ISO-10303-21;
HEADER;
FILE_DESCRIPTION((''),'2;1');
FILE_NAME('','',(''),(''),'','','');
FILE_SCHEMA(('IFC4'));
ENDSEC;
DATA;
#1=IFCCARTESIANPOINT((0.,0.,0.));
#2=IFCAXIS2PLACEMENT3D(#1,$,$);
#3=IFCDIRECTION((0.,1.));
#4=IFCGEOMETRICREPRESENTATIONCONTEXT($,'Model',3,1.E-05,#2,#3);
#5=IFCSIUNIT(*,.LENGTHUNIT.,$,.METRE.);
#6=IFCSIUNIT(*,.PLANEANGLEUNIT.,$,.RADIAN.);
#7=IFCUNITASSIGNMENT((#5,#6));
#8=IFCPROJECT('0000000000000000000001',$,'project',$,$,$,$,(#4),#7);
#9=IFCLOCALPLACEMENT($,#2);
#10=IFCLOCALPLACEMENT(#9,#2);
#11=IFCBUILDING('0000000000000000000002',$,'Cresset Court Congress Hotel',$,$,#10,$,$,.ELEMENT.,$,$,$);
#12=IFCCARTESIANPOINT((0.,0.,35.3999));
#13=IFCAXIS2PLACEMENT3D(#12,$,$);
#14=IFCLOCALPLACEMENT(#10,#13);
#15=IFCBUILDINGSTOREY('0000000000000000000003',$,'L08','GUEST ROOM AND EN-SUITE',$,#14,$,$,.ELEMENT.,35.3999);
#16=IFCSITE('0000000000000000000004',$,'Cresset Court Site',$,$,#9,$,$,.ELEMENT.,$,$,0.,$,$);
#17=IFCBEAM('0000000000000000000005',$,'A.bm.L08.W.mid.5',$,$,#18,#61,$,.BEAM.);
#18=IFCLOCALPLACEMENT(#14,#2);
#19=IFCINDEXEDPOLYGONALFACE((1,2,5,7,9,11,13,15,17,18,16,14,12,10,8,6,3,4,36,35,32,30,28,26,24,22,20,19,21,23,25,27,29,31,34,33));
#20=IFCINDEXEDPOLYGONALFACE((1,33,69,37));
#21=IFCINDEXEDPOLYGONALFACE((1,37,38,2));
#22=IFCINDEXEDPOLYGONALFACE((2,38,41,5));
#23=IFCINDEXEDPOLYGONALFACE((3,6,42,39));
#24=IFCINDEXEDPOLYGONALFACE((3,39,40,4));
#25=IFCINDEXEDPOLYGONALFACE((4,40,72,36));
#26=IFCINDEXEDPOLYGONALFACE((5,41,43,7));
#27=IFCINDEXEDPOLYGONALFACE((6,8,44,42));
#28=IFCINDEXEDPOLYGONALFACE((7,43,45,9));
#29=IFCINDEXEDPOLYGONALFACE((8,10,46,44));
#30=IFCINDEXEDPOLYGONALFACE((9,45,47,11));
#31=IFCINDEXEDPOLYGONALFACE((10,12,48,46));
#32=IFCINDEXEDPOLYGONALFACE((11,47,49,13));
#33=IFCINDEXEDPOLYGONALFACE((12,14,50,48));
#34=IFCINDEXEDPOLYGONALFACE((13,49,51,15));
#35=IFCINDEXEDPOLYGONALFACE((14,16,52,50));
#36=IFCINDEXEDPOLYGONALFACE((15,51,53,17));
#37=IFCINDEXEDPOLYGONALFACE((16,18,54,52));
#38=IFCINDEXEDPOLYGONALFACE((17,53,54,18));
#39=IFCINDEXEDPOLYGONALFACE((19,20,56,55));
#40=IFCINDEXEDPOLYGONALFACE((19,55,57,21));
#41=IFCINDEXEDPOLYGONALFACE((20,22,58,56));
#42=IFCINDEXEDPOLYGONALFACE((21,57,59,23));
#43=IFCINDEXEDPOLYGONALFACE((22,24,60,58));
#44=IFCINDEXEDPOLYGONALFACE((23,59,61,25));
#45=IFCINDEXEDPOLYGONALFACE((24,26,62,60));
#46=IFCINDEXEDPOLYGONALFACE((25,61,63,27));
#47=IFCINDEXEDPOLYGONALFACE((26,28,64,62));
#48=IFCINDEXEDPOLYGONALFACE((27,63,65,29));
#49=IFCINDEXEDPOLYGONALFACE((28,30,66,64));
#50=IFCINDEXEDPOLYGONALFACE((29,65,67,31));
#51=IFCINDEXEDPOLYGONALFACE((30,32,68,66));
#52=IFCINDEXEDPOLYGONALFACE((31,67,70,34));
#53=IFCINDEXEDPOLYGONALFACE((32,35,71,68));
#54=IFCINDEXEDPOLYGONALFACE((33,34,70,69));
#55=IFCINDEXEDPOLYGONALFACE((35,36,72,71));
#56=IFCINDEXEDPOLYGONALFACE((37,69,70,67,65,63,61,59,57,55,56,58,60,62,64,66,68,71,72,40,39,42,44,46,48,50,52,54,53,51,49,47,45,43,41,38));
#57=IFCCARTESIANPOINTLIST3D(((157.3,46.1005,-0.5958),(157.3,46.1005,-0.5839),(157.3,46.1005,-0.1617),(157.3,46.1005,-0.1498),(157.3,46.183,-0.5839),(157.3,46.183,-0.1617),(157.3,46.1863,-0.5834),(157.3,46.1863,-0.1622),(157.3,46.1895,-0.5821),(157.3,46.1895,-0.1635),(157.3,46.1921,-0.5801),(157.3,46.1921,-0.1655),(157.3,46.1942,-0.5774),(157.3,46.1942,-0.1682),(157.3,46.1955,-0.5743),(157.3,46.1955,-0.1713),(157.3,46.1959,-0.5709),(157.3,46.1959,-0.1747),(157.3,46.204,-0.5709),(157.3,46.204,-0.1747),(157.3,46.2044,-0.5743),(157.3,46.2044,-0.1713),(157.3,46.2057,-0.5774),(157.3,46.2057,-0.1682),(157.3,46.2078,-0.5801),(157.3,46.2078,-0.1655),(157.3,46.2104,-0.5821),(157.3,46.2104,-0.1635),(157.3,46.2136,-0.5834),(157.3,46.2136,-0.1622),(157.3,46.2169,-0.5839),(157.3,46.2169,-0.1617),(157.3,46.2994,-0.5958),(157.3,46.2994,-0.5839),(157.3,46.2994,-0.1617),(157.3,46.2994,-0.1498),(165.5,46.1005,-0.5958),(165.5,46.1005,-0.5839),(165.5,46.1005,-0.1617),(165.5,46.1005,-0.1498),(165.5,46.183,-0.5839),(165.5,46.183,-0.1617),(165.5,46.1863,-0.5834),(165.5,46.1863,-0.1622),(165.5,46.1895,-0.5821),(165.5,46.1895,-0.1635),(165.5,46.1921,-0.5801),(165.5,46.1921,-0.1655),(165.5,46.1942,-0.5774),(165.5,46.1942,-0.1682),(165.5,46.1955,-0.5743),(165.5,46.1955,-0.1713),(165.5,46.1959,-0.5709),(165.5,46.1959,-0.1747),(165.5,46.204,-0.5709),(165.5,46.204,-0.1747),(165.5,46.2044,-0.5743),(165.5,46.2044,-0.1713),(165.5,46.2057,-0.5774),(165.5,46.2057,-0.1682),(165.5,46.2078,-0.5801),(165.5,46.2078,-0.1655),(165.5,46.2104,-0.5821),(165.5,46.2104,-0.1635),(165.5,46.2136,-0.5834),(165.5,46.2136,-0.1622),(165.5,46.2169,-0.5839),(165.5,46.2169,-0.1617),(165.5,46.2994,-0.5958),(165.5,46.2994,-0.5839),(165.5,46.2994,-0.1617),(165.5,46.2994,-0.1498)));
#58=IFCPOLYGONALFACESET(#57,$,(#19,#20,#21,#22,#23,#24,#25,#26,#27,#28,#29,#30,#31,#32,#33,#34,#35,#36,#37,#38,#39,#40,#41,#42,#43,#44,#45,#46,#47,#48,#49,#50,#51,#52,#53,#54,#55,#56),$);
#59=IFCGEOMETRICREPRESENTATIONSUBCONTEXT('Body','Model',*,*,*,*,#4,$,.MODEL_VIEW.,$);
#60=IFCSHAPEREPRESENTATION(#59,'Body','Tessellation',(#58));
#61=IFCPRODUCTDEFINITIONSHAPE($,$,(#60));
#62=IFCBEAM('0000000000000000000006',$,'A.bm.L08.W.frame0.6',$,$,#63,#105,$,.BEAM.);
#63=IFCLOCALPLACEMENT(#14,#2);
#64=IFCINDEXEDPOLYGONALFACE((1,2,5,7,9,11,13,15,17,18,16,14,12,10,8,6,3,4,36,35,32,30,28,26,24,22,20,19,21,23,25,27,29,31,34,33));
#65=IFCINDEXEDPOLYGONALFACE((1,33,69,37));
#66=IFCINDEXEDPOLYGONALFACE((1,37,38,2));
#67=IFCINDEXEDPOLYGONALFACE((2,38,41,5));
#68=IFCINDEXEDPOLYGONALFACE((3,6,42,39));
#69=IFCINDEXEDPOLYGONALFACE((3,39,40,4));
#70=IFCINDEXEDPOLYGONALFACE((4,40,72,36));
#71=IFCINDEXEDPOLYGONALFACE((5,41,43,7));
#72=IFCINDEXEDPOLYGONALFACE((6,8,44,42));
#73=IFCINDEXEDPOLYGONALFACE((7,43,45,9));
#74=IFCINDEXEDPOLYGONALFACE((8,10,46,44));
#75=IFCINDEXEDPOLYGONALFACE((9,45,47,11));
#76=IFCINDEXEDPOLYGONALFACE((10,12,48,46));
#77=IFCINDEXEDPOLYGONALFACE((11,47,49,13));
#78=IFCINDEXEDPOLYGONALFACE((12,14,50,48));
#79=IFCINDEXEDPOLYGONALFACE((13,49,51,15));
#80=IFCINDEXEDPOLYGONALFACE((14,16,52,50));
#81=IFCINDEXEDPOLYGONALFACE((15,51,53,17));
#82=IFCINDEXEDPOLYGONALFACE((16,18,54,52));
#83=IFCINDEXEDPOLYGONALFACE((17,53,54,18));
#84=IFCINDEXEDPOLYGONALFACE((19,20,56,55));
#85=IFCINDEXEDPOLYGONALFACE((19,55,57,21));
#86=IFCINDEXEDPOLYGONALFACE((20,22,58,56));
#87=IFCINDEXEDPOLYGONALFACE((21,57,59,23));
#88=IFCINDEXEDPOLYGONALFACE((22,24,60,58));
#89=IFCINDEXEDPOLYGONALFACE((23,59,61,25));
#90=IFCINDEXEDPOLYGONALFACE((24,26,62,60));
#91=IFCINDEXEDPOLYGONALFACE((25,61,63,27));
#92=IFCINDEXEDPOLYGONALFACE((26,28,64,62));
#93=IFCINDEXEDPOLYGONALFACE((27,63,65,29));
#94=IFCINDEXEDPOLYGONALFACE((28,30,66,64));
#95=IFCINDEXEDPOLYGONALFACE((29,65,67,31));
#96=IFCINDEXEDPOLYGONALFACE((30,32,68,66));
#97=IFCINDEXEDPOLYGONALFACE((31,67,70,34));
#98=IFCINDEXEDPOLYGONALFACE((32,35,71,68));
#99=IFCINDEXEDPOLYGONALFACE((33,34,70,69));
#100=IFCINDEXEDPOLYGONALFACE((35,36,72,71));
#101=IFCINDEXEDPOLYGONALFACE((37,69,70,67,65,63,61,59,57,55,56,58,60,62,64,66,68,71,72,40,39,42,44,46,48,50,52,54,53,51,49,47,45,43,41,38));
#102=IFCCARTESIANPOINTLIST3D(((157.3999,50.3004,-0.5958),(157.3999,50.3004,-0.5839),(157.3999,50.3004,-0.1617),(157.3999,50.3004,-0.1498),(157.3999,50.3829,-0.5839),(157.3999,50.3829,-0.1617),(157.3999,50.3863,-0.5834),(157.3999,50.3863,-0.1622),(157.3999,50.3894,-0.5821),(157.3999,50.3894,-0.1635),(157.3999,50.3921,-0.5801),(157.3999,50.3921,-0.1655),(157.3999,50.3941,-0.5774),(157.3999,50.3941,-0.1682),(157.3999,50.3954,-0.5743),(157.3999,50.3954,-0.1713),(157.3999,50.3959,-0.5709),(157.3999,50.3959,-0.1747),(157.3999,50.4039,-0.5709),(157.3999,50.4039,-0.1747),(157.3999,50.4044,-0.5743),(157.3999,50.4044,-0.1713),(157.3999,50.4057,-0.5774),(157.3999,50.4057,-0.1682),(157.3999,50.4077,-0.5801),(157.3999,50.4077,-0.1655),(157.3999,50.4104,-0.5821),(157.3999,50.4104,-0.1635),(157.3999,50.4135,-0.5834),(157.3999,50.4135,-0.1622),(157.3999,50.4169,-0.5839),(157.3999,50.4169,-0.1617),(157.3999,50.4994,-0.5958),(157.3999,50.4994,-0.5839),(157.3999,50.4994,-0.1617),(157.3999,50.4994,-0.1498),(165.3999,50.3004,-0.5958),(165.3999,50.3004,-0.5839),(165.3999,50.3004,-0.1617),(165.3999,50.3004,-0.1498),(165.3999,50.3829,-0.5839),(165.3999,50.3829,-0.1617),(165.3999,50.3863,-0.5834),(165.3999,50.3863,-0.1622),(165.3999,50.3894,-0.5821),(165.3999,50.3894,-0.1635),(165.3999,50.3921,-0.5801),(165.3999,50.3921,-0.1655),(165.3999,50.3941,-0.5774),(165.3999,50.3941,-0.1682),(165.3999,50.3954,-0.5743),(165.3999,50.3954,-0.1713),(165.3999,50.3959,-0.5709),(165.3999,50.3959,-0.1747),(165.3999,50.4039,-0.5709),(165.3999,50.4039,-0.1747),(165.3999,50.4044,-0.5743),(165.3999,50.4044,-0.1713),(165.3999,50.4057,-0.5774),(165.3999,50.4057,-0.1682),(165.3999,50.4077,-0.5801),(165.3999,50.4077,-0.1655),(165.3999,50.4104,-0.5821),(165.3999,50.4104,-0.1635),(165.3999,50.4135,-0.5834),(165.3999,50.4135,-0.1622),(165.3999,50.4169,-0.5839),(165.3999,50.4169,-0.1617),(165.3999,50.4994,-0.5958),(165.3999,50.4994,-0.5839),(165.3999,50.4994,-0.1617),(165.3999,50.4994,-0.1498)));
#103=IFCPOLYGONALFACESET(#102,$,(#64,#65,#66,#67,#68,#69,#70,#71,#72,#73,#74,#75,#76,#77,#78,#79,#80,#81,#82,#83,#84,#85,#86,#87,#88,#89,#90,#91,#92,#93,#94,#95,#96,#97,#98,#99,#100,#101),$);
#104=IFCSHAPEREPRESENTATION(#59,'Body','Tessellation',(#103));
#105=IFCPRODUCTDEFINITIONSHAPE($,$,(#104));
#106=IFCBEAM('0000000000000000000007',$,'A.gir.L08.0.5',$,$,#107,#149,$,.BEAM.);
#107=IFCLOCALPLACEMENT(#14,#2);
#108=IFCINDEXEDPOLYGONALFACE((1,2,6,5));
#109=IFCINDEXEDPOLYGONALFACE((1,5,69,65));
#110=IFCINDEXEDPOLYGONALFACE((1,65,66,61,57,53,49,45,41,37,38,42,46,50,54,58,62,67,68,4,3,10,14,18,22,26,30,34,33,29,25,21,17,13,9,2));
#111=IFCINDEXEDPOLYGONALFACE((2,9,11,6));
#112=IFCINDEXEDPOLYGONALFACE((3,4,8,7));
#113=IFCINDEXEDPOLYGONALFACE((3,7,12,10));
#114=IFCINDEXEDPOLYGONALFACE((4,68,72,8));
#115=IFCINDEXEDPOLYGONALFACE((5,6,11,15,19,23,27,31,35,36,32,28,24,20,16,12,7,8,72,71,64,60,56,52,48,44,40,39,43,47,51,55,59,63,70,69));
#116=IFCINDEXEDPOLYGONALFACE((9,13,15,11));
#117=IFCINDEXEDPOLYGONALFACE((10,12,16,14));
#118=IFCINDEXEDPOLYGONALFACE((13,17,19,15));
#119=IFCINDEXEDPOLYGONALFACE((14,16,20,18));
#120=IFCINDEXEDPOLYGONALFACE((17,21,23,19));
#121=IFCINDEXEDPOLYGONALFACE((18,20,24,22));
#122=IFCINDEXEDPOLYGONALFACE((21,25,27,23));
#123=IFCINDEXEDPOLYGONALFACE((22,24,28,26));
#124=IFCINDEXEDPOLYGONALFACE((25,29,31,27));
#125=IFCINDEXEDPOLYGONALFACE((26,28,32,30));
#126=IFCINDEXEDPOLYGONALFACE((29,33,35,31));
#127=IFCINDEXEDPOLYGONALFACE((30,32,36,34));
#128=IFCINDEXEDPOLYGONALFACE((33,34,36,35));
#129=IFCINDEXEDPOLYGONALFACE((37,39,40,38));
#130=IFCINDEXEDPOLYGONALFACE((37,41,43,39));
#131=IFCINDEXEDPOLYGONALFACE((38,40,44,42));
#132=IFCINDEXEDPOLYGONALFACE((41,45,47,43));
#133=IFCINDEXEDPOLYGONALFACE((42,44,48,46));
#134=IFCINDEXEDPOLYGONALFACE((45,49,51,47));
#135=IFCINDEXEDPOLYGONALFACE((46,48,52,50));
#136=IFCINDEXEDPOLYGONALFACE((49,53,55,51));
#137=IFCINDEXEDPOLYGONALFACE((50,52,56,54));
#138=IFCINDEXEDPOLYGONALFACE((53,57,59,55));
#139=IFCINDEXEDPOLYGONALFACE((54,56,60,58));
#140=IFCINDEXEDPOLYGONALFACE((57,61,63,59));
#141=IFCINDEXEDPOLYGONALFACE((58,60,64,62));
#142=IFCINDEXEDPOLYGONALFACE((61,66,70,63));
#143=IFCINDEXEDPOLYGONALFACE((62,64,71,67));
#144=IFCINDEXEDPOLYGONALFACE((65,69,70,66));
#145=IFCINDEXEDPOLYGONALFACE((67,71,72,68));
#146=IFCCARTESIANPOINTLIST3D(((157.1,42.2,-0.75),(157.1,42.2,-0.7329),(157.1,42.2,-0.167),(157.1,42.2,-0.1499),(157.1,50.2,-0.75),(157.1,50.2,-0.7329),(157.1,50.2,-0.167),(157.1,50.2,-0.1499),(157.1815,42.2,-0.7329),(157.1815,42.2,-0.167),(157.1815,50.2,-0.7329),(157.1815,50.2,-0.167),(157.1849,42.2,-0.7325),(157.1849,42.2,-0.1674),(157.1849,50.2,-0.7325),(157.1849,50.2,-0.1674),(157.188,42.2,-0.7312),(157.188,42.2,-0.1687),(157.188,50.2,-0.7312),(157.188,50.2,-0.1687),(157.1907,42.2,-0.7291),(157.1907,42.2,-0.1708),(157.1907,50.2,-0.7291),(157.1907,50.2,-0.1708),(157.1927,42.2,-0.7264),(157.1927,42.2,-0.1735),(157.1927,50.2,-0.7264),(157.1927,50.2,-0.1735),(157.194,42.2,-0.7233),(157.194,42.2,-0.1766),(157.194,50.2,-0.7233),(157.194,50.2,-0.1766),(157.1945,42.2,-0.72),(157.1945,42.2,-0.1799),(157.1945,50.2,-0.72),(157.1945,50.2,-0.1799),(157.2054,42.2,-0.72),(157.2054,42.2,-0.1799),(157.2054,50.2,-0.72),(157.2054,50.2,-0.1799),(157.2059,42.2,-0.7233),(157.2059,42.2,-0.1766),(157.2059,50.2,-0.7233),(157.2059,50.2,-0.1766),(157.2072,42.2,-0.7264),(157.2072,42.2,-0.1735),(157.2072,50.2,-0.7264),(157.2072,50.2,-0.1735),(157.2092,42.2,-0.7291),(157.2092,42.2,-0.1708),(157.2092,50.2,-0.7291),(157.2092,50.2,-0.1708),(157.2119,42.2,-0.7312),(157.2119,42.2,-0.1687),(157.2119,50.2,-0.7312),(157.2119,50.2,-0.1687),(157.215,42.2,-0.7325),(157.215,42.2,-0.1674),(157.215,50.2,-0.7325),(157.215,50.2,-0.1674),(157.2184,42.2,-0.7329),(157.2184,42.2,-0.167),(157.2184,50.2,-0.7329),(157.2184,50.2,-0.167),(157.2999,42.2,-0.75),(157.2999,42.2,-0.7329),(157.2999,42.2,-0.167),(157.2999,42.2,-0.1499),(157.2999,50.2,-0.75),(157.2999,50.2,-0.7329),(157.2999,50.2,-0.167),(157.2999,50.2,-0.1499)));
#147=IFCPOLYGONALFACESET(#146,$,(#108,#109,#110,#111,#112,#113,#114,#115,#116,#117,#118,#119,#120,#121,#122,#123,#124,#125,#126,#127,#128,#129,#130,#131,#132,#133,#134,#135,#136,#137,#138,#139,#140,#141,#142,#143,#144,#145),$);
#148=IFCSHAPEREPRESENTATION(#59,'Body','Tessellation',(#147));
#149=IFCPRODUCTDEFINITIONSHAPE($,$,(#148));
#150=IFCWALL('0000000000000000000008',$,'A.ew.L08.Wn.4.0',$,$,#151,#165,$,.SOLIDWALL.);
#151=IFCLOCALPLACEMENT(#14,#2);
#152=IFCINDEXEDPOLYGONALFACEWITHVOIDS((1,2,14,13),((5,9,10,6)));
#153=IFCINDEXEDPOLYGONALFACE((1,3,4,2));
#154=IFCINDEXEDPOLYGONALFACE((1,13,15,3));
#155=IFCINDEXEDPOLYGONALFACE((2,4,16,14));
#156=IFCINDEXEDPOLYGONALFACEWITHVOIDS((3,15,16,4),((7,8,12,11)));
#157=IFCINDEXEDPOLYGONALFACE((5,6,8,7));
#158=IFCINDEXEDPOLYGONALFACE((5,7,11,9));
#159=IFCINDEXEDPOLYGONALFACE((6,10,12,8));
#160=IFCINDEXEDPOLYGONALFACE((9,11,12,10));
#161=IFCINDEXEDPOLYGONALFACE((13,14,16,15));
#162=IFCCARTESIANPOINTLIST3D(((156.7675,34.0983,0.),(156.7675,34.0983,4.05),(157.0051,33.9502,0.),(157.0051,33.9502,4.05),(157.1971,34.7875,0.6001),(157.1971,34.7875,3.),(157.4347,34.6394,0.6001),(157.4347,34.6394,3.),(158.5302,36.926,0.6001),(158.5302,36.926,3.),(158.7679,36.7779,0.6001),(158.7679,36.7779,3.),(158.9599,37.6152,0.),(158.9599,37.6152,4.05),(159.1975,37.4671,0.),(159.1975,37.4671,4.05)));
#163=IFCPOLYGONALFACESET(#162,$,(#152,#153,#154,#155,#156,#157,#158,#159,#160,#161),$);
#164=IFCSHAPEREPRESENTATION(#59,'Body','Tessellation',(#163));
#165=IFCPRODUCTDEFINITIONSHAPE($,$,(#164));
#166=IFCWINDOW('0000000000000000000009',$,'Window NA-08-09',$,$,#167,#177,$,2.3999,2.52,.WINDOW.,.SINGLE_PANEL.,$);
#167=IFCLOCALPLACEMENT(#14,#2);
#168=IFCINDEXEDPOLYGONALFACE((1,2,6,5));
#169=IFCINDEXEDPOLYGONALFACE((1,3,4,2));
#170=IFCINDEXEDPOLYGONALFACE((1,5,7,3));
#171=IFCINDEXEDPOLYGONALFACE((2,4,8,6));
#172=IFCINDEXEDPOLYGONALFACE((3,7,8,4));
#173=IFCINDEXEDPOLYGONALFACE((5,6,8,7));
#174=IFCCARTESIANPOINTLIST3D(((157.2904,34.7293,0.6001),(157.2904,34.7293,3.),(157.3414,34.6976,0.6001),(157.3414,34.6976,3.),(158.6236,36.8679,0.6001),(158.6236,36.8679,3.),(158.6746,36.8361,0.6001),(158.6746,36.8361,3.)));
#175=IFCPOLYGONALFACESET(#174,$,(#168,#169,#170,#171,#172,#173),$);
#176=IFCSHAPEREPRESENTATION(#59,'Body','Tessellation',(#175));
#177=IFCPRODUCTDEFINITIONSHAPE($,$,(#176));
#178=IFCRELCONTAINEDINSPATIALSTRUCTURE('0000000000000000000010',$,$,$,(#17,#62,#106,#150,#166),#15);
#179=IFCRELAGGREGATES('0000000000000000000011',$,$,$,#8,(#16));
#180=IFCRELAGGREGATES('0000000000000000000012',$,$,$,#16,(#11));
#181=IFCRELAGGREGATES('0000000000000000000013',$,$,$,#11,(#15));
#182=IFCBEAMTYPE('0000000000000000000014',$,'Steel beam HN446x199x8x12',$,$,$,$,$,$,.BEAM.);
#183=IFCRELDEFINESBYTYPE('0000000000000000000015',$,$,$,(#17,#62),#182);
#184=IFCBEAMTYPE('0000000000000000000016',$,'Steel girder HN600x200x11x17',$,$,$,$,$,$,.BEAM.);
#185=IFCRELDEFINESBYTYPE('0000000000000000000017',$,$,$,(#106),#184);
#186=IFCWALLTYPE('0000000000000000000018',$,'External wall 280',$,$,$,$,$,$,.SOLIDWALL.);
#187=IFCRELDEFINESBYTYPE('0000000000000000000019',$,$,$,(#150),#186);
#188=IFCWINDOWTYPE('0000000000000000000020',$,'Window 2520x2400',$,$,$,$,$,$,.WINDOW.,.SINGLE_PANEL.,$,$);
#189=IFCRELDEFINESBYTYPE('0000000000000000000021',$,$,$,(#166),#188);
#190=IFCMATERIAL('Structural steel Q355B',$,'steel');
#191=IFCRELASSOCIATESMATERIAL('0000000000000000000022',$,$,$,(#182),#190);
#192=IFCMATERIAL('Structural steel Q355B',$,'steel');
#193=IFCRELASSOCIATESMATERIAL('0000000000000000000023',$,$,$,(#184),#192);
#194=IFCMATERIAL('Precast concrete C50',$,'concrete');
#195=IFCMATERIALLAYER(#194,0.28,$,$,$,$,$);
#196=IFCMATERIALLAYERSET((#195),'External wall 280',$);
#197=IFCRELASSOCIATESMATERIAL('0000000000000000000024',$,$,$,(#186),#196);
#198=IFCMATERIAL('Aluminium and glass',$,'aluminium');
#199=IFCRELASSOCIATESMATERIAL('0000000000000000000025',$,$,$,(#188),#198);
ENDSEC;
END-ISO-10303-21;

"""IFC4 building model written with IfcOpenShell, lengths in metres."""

from ifc_helpers import new_model, si_unit, direction, frame, frame_2d, origin, origin_2d, place, context, subcontext, project, spatial, rectangle, i_section, extrude, material, layer, layer_set, material_profile, profile_set, type_object, element, fill, save


model = new_model("IFC4")

# Units and contexts
model_context = context("Model", 3, precision=1e-05, world=origin(), true_north=direction((0.0, 1.0)))
body_context = subcontext(model_context, "Body", "Model", "MODEL_VIEW")
ifc_project = project(units=[si_unit("LENGTHUNIT", "METRE"), si_unit("PLANEANGLEUNIT", "RADIAN")], contexts=[model_context])

# Site, building, storey
site_placement = place(None, origin())
site = spatial("IfcSite", under=ifc_project, at=site_placement, Name="Cresset Court Site", CompositionType="ELEMENT", RefElevation=0.0)
building_placement = place(site_placement, origin())
building = spatial("IfcBuilding", under=site, at=building_placement, Name="Cresset Court Congress Hotel", CompositionType="ELEMENT")
storey_placement = place(building_placement, frame((0.0, 0.0, 35.3999)))
storey = spatial("IfcBuildingStorey", under=building, at=storey_placement, Name="L08", Description="GUEST ROOM AND EN-SUITE", CompositionType="ELEMENT", Elevation=35.3999)

# Beams
ifc_material_1 = material(Name="Structural steel Q355B", Category="steel")
ifc_material_profile_1 = material_profile(ifc_material_1, i_section(OverallWidth=0.199, OverallDepth=0.446, WebThickness=0.0081, FlangeThickness=0.012, FilletRadius=0.0129, at=origin_2d()), Name="HN446x199x8x12")
ifc_profile_set_1 = profile_set([ifc_material_profile_1], Name="Structural steel Q355B")
beam_type_1 = type_object("IfcBeamType", Name="Steel beam HN446x199x8x12", PredefinedType="BEAM", material=ifc_profile_set_1)
beam_1_placement = place(storey_placement, frame((157.3, 46.2, -0.3728), z_axis=(1.0, 0.0, 0.0), x_axis=(0.0, 1.0, 0.0)))
element("IfcBeam", 1, at=beam_1_placement, inside=storey, type_object=beam_type_1, Name="A.bm.L08.W.mid.5", PredefinedType="BEAM", context=body_context, shape_type="SweptSolid", body=[
    extrude(i_section(OverallWidth=0.199, OverallDepth=0.446, WebThickness=0.0081, FlangeThickness=0.012, FilletRadius=0.0129, at=origin_2d()), origin(), (0.0, 0.0, 1.0), 8.2),
])
beam_2_placement = place(storey_placement, frame((157.3999, 50.3999, -0.3728), z_axis=(1.0, 0.0, 0.0), x_axis=(0.0, 1.0, 0.0)))
element("IfcBeam", 2, at=beam_2_placement, inside=storey, type_object=beam_type_1, Name="A.bm.L08.W.frame0.6", PredefinedType="BEAM", context=body_context, shape_type="SweptSolid", body=[
    extrude(i_section(OverallWidth=0.199, OverallDepth=0.446, WebThickness=0.0081, FlangeThickness=0.012, FilletRadius=0.0129, at=origin_2d()), origin(), (0.0, 0.0, 1.0), 8.0),
])
ifc_material_2 = material(Name="Structural steel Q355B", Category="steel")
ifc_material_profile_2 = material_profile(ifc_material_2, i_section(OverallWidth=0.2, OverallDepth=0.6001, WebThickness=0.011, FlangeThickness=0.0171, FilletRadius=0.0129, at=origin_2d()), Name="HN600x200x11x17")
ifc_profile_set_2 = profile_set([ifc_material_profile_2], Name="Structural steel Q355B")
beam_type_2 = type_object("IfcBeamType", Name="Steel girder HN600x200x11x17", PredefinedType="BEAM", material=ifc_profile_set_2)
beam_3_placement = place(storey_placement, frame((157.2, 42.2, -0.45), z_axis=(0.0, 1.0, 0.0), x_axis=(-1.0, 0.0, 0.0)))
element("IfcBeam", 3, at=beam_3_placement, inside=storey, type_object=beam_type_2, Name="A.gir.L08.0.5", PredefinedType="BEAM", context=body_context, shape_type="SweptSolid", body=[
    extrude(i_section(OverallWidth=0.2, OverallDepth=0.6001, WebThickness=0.011, FlangeThickness=0.0171, FilletRadius=0.0129, at=origin_2d()), origin(), (0.0, 0.0, 1.0), 8.0),
])

# Wall, opening, window
ifc_material_3 = material(Name="Precast concrete C50", Category="concrete")
ifc_layer_1 = layer(ifc_material_3, 0.28)
ifc_layer_set_1 = layer_set([ifc_layer_1], Name="External wall 280")
wall_type_1 = type_object("IfcWallType", Name="External wall 280", PredefinedType="SOLIDWALL", material=ifc_layer_set_1)
wall_1_placement = place(storey_placement, frame((156.8862, 34.0242, 0.0), z_axis=(0.0, 0.0, 1.0), x_axis=(0.529019, 0.84861, 0.0)))
wall_1 = element("IfcWall", 4, at=wall_1_placement, inside=storey, type_object=wall_type_1, Name="A.ew.L08.Wn.4.0", PredefinedType="SOLIDWALL", context=body_context, shape_type="SweptSolid", body=[
    extrude(rectangle(XDim=4.1443, YDim=0.28, at=frame_2d((2.0723, 0.0))), origin(), (0.0, 0.0, 1.0), 4.05),
])
opening_1_placement = place(wall_1_placement, frame((0.8123, 0.0, 0.6001)))
opening_1 = element("IfcOpeningElement", 5, at=opening_1_placement, cuts=wall_1, PredefinedType="OPENING", context=body_context, shape_type="SweptSolid", body=[
    extrude(rectangle(XDim=2.52, YDim=2.3999, at=frame_2d((1.26, 1.2))), frame((0.0, 0.1499, 0.0), z_axis=(0.0, -1.0, 0.0), x_axis=(1.0, 0.0, 0.0)), (0.0, 0.0, 1.0), 0.3),
])
ifc_material_4 = material(Name="Aluminium and glass", Category="aluminium")
window_type = type_object("IfcWindowType", Name="Window 2520x2400", PartitioningType="SINGLE_PANEL", PredefinedType="WINDOW", material=ifc_material_4)
window_1_placement = place(opening_1_placement, origin())
window_1 = element("IfcWindow", 6, at=window_1_placement, inside=storey, type_object=window_type, Name="Window NA-08-09", OverallHeight=2.3999, OverallWidth=2.52, PartitioningType="SINGLE_PANEL", PredefinedType="WINDOW", context=body_context, shape_type="SweptSolid", body=[
    extrude(rectangle(XDim=2.52, YDim=2.3999, at=frame_2d((1.26, 1.2))), frame((0.0, 0.03, 0.0), z_axis=(0.0, -1.0, 0.0), x_axis=(1.0, 0.0, 0.0)), (0.0, 0.0, 1.0), 0.0601),
])
fill(opening_1, window_1)

save(model, "model.ifc")
